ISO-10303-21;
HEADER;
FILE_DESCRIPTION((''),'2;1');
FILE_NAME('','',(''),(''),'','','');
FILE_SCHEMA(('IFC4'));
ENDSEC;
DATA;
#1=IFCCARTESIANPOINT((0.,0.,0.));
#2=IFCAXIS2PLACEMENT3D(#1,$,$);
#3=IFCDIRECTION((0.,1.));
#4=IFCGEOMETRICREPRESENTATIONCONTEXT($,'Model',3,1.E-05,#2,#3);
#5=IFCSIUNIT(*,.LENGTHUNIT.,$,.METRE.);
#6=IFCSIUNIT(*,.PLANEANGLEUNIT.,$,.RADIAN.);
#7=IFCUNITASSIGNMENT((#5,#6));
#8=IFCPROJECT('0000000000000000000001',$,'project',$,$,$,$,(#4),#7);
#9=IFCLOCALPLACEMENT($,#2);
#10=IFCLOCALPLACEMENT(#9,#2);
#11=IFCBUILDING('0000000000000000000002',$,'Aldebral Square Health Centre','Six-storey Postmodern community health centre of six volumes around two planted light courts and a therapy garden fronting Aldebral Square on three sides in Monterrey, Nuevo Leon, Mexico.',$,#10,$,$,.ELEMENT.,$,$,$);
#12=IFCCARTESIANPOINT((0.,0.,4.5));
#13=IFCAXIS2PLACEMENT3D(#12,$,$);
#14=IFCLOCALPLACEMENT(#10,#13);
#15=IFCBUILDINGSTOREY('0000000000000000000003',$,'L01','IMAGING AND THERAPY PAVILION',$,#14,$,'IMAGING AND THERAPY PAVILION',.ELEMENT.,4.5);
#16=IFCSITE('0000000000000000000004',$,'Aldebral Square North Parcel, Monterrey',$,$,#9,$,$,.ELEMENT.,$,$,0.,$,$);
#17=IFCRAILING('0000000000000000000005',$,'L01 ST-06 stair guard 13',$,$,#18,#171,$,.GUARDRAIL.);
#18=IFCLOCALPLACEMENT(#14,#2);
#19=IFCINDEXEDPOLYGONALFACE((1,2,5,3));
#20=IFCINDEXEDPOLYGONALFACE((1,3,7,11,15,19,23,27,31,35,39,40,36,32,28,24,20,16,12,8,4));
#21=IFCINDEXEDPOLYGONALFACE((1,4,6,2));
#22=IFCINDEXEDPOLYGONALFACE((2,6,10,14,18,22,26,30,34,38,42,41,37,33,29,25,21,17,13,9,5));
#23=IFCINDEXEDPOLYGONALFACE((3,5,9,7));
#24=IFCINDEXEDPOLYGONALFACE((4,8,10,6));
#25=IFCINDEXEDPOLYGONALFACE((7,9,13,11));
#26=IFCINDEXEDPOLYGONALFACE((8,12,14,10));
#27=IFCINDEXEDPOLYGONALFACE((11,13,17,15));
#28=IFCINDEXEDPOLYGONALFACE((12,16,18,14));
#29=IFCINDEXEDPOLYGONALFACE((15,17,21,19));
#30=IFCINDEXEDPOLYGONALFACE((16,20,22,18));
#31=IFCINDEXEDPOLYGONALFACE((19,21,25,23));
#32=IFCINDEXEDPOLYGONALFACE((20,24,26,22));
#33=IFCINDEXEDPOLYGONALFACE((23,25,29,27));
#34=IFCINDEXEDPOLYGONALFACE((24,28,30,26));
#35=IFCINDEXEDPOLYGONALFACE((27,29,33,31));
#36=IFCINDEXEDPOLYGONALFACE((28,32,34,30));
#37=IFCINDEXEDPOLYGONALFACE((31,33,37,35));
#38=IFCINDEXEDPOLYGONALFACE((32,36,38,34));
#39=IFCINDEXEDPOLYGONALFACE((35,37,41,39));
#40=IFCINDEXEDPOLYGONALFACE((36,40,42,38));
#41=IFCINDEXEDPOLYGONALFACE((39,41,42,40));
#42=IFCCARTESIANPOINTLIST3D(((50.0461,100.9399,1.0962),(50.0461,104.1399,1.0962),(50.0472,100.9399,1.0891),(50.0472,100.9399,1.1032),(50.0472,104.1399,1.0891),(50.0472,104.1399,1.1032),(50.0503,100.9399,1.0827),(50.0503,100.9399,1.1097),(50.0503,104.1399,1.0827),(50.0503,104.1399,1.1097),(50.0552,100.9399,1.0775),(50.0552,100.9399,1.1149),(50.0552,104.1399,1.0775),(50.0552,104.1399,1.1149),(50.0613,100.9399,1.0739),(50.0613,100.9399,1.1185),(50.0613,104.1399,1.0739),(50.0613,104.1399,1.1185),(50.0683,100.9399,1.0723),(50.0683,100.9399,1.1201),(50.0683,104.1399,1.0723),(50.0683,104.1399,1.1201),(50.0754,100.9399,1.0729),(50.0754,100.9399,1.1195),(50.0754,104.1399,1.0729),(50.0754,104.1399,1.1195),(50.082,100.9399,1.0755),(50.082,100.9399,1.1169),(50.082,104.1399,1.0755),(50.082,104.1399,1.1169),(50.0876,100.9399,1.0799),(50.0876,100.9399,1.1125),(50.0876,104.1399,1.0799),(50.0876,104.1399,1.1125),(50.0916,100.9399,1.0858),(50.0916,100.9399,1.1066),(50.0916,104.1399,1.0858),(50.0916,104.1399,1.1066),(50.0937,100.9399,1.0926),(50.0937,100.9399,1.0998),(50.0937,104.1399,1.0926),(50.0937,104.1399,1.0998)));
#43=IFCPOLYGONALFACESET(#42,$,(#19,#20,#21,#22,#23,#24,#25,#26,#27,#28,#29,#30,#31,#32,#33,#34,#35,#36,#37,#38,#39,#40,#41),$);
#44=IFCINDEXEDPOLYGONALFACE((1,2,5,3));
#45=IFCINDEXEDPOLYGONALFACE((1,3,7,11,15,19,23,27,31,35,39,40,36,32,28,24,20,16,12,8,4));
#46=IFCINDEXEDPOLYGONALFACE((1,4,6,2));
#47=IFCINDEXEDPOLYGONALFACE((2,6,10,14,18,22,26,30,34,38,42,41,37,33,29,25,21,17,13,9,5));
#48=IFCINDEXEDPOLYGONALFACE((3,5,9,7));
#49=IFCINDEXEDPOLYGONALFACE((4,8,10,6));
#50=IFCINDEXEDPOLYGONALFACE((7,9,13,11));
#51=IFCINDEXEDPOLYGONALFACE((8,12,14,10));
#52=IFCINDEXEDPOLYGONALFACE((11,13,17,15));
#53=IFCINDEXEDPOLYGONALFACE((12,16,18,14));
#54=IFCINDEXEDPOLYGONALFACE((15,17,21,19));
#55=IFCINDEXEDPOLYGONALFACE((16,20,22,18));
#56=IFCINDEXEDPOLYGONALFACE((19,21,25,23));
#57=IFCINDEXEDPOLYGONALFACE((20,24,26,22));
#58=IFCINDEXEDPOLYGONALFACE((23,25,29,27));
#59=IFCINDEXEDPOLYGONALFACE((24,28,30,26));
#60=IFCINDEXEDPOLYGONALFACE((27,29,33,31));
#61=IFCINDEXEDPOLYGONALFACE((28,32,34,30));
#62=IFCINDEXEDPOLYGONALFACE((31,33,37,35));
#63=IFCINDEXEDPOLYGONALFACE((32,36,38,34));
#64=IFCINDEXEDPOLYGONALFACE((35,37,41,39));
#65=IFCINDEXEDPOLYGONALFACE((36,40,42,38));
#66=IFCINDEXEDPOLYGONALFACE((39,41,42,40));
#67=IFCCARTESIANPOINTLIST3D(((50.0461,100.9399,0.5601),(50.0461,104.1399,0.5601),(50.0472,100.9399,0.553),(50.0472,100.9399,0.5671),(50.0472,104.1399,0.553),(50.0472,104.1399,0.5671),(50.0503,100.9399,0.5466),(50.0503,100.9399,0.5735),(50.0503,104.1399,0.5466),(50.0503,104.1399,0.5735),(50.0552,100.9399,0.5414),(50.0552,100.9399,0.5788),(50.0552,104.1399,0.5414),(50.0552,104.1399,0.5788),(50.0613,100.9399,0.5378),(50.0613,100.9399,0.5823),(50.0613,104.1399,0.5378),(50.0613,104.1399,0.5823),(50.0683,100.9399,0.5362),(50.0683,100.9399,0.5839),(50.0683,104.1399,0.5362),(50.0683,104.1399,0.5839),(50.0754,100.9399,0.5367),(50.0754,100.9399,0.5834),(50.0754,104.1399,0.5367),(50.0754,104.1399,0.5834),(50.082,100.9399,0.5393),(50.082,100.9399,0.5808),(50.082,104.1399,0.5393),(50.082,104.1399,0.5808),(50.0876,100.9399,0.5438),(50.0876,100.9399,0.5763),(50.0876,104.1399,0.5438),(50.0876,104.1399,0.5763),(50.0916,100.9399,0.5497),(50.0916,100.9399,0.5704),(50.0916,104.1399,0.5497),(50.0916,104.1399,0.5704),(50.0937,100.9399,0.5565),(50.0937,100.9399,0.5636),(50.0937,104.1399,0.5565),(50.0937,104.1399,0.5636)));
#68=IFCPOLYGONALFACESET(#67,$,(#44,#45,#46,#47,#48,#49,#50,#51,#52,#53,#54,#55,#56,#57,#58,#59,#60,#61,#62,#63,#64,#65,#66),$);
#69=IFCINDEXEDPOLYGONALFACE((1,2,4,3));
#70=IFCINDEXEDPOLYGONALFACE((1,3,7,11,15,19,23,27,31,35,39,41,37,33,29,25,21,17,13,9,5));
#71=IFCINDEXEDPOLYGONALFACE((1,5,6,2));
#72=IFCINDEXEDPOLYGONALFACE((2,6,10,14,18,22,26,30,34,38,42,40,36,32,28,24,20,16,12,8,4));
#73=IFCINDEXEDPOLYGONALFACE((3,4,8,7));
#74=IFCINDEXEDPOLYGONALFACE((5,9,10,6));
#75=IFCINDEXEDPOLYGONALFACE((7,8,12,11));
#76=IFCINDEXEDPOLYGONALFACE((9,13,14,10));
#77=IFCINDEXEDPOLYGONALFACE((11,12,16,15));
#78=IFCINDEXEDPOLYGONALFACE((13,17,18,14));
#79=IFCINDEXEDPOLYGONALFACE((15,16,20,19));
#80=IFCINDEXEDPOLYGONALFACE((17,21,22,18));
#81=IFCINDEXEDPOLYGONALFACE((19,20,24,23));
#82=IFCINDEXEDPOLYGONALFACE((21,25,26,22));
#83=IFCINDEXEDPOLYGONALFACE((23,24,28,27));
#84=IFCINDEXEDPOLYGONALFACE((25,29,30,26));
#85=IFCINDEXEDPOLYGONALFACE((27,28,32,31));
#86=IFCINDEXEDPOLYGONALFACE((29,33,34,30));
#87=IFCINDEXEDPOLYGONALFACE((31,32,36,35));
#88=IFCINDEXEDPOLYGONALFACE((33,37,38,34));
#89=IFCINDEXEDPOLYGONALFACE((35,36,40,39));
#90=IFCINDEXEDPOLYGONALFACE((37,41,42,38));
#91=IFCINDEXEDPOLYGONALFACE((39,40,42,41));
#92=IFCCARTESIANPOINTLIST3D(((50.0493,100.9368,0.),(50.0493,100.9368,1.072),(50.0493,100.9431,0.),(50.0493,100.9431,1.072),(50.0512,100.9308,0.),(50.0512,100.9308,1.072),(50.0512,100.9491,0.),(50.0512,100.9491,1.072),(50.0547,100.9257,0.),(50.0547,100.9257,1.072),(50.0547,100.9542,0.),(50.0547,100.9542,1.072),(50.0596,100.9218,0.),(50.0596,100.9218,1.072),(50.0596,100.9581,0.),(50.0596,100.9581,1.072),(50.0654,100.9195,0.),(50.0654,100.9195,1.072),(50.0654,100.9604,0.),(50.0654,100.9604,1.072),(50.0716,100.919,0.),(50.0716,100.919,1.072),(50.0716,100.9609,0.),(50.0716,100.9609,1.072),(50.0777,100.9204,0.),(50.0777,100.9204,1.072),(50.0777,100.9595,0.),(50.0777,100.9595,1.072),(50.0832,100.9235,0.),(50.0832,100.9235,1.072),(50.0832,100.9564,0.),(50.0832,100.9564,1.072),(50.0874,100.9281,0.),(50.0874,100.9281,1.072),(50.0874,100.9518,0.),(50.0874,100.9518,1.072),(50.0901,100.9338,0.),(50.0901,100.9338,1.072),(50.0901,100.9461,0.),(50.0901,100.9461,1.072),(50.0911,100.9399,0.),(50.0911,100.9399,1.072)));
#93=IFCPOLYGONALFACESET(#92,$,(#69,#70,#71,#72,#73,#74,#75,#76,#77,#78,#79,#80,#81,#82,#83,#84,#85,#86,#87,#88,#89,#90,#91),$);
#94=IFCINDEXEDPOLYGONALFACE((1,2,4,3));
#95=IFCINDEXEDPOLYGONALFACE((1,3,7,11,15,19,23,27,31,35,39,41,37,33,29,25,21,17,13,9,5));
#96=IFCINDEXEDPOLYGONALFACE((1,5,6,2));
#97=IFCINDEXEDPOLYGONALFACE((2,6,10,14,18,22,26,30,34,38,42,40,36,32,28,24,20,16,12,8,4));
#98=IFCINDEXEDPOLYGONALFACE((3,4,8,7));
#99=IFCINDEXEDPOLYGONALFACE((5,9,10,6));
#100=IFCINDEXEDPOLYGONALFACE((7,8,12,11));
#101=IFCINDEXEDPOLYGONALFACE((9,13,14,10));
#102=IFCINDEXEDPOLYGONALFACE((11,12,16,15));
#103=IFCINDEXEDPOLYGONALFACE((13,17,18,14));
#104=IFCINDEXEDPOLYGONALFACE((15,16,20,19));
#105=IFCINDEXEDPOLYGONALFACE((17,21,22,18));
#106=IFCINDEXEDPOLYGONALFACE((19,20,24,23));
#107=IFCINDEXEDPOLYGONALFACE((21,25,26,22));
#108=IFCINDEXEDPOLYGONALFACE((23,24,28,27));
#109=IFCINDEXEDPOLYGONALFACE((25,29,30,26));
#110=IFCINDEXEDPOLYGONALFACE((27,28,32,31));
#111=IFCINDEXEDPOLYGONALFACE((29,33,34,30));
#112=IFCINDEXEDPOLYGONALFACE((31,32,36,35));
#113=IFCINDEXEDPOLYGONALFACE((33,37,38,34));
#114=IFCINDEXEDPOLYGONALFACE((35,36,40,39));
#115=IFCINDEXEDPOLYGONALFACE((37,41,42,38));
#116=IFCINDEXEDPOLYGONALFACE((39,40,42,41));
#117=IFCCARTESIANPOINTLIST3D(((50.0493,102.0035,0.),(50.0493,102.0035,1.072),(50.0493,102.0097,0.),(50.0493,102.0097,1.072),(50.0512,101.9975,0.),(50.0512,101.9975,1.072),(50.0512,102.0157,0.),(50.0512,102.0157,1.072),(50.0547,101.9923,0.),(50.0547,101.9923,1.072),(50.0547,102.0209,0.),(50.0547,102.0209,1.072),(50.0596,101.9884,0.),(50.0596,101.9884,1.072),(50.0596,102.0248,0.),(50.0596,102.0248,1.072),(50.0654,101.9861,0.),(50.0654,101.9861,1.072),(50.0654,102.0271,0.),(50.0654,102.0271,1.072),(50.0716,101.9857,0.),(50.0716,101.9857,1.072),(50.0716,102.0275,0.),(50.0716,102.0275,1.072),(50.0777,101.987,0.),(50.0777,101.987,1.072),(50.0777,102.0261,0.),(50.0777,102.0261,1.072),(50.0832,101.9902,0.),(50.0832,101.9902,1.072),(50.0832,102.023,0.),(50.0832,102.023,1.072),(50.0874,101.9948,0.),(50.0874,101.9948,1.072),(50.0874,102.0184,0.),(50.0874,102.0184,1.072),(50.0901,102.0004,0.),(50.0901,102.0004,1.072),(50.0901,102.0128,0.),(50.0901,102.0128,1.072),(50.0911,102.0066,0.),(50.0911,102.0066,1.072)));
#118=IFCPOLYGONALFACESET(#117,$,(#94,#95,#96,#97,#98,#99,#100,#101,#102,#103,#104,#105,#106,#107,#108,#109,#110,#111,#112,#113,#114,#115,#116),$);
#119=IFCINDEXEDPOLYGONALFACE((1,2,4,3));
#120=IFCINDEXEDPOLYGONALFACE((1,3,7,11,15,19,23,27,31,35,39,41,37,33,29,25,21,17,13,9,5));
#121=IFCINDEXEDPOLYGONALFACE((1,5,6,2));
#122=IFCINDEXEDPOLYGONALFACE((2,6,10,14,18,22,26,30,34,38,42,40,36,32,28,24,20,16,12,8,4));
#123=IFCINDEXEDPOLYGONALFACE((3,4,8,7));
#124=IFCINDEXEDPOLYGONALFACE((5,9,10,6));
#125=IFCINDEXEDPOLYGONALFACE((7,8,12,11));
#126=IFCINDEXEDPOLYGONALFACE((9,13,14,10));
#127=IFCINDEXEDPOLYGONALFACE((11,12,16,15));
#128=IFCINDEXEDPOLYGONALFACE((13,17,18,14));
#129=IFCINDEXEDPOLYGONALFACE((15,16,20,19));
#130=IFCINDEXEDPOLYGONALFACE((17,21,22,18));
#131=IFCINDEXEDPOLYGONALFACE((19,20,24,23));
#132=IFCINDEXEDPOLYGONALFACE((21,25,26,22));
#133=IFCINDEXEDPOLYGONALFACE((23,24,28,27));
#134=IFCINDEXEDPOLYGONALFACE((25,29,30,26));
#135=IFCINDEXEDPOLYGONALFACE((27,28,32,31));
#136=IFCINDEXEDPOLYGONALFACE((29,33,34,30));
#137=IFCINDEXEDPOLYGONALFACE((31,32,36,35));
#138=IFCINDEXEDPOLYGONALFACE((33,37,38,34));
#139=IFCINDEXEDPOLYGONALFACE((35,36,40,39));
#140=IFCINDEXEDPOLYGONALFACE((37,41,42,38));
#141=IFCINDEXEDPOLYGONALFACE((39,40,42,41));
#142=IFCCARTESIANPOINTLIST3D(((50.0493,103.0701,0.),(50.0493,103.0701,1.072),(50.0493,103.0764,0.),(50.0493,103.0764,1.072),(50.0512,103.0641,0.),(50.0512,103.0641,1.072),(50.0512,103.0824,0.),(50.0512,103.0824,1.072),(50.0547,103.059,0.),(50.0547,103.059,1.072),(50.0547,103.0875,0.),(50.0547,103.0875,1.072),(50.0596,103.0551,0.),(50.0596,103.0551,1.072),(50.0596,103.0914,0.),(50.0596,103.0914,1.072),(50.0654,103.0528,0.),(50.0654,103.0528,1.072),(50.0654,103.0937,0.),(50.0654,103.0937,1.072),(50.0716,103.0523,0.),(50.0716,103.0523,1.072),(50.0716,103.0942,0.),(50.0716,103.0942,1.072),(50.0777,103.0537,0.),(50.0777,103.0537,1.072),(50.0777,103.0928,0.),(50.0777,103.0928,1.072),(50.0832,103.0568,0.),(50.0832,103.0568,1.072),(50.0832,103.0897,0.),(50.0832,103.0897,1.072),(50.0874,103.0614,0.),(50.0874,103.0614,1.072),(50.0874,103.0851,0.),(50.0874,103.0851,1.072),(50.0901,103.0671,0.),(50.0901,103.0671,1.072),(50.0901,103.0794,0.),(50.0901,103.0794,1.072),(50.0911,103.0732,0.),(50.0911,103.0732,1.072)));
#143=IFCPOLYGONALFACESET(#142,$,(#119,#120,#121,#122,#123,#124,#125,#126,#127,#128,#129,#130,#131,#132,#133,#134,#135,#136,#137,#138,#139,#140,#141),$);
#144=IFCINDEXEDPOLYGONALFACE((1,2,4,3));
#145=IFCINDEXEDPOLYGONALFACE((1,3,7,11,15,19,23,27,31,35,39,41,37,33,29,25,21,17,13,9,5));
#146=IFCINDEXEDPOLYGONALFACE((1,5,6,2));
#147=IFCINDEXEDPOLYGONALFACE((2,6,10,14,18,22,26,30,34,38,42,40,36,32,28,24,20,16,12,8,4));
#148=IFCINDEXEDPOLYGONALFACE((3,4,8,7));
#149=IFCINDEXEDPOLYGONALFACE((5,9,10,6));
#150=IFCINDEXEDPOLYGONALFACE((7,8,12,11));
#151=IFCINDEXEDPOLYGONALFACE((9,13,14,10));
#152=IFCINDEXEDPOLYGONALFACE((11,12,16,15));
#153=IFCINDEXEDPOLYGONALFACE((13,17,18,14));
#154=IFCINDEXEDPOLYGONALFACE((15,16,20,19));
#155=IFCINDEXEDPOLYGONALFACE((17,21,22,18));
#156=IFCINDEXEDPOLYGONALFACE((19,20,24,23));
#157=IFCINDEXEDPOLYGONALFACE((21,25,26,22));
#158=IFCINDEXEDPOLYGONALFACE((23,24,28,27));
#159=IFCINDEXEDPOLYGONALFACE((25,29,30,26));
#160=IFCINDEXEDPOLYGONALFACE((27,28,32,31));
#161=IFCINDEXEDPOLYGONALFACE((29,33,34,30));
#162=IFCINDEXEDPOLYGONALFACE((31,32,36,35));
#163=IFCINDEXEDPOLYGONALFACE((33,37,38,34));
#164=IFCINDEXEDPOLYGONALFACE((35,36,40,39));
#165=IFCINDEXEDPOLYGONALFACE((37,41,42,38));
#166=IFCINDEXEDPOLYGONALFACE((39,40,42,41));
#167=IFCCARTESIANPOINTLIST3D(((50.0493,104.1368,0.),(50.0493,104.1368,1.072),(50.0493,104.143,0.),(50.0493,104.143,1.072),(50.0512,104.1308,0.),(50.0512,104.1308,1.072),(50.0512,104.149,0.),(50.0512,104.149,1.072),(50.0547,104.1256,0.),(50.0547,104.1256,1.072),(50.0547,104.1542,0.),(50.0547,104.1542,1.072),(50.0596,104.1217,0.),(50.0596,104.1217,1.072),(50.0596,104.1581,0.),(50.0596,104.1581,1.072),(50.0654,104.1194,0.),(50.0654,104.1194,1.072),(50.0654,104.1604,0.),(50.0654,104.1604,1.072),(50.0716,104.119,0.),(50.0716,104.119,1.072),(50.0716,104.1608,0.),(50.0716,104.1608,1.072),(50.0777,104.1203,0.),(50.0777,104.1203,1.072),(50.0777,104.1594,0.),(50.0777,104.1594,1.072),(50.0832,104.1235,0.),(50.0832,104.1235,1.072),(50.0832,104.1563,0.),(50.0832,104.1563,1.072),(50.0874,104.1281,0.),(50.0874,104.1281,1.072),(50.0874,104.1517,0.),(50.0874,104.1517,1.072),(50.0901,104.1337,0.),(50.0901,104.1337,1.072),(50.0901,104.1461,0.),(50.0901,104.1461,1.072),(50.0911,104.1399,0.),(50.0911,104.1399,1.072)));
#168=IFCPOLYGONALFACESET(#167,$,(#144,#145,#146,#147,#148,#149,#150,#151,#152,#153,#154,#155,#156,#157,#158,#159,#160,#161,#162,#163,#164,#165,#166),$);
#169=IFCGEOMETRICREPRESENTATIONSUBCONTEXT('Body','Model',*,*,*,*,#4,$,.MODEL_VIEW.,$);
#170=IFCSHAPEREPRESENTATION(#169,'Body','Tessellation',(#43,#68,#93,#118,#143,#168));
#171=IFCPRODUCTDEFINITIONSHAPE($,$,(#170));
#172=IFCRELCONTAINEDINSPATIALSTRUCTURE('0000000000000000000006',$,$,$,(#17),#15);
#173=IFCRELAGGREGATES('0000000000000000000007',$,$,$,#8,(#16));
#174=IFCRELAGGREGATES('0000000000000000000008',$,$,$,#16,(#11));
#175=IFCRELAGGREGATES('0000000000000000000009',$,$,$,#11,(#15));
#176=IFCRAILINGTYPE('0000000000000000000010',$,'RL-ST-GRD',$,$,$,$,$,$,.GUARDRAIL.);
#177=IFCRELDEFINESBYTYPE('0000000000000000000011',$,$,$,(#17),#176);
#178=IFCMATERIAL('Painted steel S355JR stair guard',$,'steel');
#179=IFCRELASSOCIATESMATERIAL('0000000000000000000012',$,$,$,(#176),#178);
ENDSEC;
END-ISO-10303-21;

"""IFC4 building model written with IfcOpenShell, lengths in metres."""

from ifc_helpers import new_model, si_unit, direction, frame, origin, origin_2d, place, context, subcontext, project, spatial, circle, extrude, material, type_object, element, save


model = new_model("IFC4")

# Units and contexts
model_context = context("Model", 3, precision=1e-05, world=origin(), true_north=direction((0.0, 1.0)))
body_context = subcontext(model_context, "Body", "Model", "MODEL_VIEW")
ifc_project = project(units=[si_unit("LENGTHUNIT", "METRE"), si_unit("PLANEANGLEUNIT", "RADIAN")], contexts=[model_context])

# Site, building, storey
site_placement = place(None, origin())
site = spatial("IfcSite", under=ifc_project, at=site_placement, Name="Aldebral Square North Parcel, Monterrey", CompositionType="ELEMENT", RefElevation=0.0)
building_placement = place(site_placement, origin())
building = spatial("IfcBuilding", under=site, at=building_placement, Name="Aldebral Square Health Centre", Description="Six-storey Postmodern community health centre of six volumes around two planted light courts and a therapy garden fronting Aldebral Square on three sides in Monterrey, Nuevo Leon, Mexico.", CompositionType="ELEMENT")
storey_placement = place(building_placement, frame((0.0, 0.0, 4.5)))
storey = spatial("IfcBuildingStorey", under=building, at=storey_placement, Name="L01", Description="IMAGING AND THERAPY PAVILION", LongName="IMAGING AND THERAPY PAVILION", CompositionType="ELEMENT", Elevation=4.5)

# Railing
ifc_material_1 = material(Name="Painted steel S355JR stair guard", Category="steel")
railing_type_1 = type_object("IfcRailingType", Name="RL-ST-GRD", PredefinedType="GUARDRAIL", material=ifc_material_1)
railing_1_placement = place(storey_placement, frame((50.0701, 100.9399, 0.0)))
element("IfcRailing", 1, at=railing_1_placement, inside=storey, type_object=railing_type_1, Name="L01 ST-06 stair guard 13", PredefinedType="GUARDRAIL", context=body_context, shape_type="SweptSolid", body=[
    extrude(circle(Radius=0.0239, at=origin_2d()), frame((0.0, 0.0, 1.0962), z_axis=(0.0, 1.0, 0.0), x_axis=(-1.0, 0.0, 0.0)), (0.0, 0.0, 1.0), 3.2),
    extrude(circle(Radius=0.0239, at=origin_2d()), frame((0.0, 0.0, 0.5601), z_axis=(0.0, 1.0, 0.0), x_axis=(-1.0, 0.0, 0.0)), (0.0, 0.0, 1.0), 3.2),
    extrude(circle(Radius=0.021, at=origin_2d()), origin(), (0.0, 0.0, 1.0), 1.072),
    extrude(circle(Radius=0.021, at=origin_2d()), frame((0.0, 1.0667, 0.0)), (0.0, 0.0, 1.0), 1.072),
    extrude(circle(Radius=0.021, at=origin_2d()), frame((0.0, 2.1333, 0.0)), (0.0, 0.0, 1.0), 1.072),
    extrude(circle(Radius=0.021, at=origin_2d()), frame((0.0, 3.2, 0.0)), (0.0, 0.0, 1.0), 1.072),
])

save(model, "model.ifc")
